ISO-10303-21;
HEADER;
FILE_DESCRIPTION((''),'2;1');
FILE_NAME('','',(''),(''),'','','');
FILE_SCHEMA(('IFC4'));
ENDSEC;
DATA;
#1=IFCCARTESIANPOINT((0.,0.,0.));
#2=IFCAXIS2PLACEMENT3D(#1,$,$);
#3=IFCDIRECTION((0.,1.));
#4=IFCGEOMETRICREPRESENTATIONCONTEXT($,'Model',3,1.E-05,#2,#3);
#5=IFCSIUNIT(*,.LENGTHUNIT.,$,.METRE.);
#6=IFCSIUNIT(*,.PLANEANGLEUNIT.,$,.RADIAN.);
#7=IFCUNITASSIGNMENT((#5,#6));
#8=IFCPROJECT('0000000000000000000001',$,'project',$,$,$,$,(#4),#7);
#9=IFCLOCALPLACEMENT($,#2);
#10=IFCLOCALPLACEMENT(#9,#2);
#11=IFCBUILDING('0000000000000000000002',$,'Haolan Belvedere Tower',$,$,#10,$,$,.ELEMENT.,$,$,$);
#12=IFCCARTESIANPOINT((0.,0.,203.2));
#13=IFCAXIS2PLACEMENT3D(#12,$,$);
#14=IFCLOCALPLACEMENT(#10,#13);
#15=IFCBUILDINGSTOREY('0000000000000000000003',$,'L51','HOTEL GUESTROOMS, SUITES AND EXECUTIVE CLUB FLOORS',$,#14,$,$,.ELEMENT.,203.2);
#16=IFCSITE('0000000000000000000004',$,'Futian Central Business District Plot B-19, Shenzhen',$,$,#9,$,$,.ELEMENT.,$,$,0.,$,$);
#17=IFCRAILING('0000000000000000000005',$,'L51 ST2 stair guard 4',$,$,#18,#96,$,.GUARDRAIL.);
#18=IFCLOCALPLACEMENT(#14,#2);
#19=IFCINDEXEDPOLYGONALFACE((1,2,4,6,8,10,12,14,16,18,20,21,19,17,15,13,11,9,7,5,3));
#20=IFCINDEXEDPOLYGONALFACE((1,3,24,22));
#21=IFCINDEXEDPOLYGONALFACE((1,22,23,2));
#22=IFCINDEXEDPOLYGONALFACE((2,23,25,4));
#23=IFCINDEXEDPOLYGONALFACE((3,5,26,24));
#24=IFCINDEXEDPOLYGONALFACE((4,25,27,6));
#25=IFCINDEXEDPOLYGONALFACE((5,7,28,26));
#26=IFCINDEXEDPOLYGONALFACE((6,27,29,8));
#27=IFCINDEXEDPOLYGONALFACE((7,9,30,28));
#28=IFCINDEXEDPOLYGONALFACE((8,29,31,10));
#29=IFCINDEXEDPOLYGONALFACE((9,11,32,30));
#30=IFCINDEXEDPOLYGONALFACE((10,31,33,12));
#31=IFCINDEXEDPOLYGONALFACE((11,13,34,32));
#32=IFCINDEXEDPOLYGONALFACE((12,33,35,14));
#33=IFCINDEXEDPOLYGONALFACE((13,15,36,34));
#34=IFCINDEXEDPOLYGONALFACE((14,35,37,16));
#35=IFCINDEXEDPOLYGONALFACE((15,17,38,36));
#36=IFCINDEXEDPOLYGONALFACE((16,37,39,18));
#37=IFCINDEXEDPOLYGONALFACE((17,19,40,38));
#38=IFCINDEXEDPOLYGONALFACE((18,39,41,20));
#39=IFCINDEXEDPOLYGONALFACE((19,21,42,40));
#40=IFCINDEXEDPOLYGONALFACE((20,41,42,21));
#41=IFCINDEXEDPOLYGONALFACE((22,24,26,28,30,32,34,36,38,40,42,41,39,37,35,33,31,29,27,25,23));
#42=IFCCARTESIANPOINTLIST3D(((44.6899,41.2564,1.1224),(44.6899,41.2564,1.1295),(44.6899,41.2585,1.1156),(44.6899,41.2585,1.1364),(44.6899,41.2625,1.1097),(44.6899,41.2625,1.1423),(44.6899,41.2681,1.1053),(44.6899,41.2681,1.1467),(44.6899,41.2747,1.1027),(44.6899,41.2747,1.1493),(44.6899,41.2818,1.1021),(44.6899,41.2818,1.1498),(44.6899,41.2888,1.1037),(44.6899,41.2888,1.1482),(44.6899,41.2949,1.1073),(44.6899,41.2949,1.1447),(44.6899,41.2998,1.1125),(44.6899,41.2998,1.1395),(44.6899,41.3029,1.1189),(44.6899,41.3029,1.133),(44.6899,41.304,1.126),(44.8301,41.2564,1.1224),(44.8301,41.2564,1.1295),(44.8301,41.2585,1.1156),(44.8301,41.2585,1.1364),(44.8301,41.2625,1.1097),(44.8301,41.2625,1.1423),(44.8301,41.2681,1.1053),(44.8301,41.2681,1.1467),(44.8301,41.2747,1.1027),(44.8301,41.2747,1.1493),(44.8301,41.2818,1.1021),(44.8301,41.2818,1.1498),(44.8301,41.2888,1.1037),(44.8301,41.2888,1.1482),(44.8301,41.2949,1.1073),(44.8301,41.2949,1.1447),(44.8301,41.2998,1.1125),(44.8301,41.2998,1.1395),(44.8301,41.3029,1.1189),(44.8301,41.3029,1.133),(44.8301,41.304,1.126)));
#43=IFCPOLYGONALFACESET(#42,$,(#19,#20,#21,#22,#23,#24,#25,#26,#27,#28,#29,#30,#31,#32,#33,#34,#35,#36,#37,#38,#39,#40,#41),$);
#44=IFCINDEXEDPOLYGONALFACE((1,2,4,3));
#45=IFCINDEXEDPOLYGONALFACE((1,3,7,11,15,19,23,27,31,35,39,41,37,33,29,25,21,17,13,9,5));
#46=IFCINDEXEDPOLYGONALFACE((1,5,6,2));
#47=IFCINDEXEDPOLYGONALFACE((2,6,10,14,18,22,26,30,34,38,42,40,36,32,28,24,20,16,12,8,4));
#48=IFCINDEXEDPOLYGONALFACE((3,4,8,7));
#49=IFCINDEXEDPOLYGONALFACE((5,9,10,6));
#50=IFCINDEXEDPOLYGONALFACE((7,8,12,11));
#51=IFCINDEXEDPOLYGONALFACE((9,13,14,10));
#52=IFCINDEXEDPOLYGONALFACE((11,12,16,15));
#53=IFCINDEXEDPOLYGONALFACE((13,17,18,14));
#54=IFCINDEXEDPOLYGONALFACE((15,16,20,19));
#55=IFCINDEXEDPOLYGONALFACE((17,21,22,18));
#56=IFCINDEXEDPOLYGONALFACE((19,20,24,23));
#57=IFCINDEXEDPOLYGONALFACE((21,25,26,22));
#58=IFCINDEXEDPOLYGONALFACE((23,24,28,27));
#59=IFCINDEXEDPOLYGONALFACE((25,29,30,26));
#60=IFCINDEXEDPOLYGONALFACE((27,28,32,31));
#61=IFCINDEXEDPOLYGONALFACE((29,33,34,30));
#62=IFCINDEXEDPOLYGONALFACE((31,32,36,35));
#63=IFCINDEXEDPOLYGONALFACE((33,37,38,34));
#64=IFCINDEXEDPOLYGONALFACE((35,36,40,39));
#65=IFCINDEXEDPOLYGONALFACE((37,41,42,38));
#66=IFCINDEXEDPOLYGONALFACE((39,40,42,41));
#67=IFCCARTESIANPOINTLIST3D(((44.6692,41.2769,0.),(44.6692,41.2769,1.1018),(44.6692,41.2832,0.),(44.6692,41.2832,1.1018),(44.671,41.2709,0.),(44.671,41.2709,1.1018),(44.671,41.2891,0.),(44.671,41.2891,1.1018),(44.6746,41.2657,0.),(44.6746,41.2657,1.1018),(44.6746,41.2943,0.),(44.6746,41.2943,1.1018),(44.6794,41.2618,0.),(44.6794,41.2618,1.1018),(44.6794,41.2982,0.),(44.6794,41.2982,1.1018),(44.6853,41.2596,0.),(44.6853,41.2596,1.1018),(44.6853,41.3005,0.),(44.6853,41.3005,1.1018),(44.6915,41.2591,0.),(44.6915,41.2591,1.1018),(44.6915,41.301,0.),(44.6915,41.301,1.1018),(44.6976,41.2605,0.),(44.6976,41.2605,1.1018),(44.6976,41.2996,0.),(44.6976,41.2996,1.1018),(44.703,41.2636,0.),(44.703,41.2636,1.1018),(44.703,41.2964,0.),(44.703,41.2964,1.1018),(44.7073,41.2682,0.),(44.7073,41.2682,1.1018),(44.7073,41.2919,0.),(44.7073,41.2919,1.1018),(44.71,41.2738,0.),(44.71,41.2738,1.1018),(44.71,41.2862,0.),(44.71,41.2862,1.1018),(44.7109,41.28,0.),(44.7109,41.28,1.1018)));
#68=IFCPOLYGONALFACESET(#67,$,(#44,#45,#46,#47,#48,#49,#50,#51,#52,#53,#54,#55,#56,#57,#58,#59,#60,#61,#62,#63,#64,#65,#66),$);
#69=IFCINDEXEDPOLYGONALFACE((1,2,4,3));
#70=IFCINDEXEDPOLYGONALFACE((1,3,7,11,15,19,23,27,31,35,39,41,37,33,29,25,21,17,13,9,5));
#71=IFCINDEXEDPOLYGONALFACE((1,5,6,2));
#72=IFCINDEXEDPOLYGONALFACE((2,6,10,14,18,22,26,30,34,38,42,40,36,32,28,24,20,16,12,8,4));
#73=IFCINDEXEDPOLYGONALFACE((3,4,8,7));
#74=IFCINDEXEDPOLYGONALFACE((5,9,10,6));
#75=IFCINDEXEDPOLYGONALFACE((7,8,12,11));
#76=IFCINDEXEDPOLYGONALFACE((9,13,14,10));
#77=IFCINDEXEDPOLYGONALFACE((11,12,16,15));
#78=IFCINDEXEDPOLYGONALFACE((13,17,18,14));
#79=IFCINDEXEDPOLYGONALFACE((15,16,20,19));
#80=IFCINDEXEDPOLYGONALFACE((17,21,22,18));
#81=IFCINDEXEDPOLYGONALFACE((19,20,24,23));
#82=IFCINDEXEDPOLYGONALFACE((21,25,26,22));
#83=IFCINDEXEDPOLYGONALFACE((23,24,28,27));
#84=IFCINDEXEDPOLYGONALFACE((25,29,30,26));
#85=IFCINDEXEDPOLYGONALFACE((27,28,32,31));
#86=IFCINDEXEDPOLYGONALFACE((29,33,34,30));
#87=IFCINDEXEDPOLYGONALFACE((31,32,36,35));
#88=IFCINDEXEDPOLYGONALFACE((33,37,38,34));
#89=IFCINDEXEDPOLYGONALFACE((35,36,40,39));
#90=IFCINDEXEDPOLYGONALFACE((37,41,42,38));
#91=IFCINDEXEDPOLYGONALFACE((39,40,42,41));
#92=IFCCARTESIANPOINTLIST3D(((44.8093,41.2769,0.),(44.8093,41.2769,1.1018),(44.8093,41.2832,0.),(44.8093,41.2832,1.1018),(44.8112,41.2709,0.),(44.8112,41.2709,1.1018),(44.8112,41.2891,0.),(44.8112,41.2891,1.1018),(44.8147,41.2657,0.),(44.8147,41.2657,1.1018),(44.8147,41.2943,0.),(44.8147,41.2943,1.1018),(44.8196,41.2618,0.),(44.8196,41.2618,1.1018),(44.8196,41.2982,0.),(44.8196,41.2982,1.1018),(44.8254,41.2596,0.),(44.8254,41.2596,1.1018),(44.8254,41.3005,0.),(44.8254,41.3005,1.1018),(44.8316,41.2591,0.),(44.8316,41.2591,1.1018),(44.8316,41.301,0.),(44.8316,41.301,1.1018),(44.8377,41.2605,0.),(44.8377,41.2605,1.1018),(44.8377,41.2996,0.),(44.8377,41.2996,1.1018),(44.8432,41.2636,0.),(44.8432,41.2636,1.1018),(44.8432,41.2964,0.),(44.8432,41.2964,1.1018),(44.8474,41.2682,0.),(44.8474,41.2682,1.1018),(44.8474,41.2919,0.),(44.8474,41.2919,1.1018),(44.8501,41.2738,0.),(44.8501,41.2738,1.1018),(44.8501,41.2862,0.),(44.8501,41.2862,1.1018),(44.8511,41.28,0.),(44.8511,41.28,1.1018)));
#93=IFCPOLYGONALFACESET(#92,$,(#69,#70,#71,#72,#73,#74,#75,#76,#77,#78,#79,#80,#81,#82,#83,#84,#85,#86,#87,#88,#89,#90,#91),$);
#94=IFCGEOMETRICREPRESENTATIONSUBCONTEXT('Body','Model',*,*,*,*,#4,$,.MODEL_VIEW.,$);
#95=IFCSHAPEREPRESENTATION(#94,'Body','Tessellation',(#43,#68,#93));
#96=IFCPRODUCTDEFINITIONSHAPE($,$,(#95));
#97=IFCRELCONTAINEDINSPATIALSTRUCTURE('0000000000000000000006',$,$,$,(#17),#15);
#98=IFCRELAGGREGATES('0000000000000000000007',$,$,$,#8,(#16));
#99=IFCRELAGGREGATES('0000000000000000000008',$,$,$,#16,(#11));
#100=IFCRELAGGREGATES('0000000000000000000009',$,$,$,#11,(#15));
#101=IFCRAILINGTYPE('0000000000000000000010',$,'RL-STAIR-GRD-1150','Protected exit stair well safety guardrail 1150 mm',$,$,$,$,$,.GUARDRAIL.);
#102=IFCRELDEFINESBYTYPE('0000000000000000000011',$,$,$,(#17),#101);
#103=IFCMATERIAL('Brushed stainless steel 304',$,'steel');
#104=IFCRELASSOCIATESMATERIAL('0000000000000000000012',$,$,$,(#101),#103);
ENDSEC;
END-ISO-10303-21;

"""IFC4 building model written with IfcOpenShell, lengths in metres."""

from ifc_helpers import new_model, si_unit, direction, frame, origin, origin_2d, place, context, subcontext, project, spatial, circle, extrude, material, type_object, element, save


model = new_model("IFC4")

# Units and contexts
model_context = context("Model", 3, precision=1e-05, world=origin(), true_north=direction((0.0, 1.0)))
body_context = subcontext(model_context, "Body", "Model", "MODEL_VIEW")
ifc_project = project(units=[si_unit("LENGTHUNIT", "METRE"), si_unit("PLANEANGLEUNIT", "RADIAN")], contexts=[model_context])

# Site, building, storey
site_placement = place(None, origin())
site = spatial("IfcSite", under=ifc_project, at=site_placement, Name="Futian Central Business District Plot B-19, Shenzhen", CompositionType="ELEMENT", RefElevation=0.0)
building_placement = place(site_placement, origin())
building = spatial("IfcBuilding", under=site, at=building_placement, Name="Haolan Belvedere Tower", CompositionType="ELEMENT")
storey_placement = place(building_placement, frame((0.0, 0.0, 203.2)))
storey = spatial("IfcBuildingStorey", under=building, at=storey_placement, Name="L51", Description="HOTEL GUESTROOMS, SUITES AND EXECUTIVE CLUB FLOORS", CompositionType="ELEMENT", Elevation=203.2)

# Railing
ifc_material_1 = material(Name="Brushed stainless steel 304", Category="steel")
railing_type_1 = type_object("IfcRailingType", Name="RL-STAIR-GRD-1150", Description="Protected exit stair well safety guardrail 1150 mm", PredefinedType="GUARDRAIL", material=ifc_material_1)
railing_1_placement = place(storey_placement, frame((44.6899, 41.28, 0.0)))
element("IfcRailing", 1, at=railing_1_placement, inside=storey, type_object=railing_type_1, Name="L51 ST2 stair guard 4", PredefinedType="GUARDRAIL", context=body_context, shape_type="SweptSolid", body=[
    extrude(circle(Radius=0.0239, at=origin_2d()), frame((0.0, 0.0, 1.126), z_axis=(1.0, 0.0, 0.0), x_axis=(0.0, 1.0, 0.0)), (0.0, 0.0, 1.0), 0.1401),
    extrude(circle(Radius=0.021, at=origin_2d()), origin(), (0.0, 0.0, 1.0), 1.1018),
    extrude(circle(Radius=0.021, at=origin_2d()), frame((0.1401, 0.0, 0.0)), (0.0, 0.0, 1.0), 1.1018),
])

save(model, "model.ifc")
